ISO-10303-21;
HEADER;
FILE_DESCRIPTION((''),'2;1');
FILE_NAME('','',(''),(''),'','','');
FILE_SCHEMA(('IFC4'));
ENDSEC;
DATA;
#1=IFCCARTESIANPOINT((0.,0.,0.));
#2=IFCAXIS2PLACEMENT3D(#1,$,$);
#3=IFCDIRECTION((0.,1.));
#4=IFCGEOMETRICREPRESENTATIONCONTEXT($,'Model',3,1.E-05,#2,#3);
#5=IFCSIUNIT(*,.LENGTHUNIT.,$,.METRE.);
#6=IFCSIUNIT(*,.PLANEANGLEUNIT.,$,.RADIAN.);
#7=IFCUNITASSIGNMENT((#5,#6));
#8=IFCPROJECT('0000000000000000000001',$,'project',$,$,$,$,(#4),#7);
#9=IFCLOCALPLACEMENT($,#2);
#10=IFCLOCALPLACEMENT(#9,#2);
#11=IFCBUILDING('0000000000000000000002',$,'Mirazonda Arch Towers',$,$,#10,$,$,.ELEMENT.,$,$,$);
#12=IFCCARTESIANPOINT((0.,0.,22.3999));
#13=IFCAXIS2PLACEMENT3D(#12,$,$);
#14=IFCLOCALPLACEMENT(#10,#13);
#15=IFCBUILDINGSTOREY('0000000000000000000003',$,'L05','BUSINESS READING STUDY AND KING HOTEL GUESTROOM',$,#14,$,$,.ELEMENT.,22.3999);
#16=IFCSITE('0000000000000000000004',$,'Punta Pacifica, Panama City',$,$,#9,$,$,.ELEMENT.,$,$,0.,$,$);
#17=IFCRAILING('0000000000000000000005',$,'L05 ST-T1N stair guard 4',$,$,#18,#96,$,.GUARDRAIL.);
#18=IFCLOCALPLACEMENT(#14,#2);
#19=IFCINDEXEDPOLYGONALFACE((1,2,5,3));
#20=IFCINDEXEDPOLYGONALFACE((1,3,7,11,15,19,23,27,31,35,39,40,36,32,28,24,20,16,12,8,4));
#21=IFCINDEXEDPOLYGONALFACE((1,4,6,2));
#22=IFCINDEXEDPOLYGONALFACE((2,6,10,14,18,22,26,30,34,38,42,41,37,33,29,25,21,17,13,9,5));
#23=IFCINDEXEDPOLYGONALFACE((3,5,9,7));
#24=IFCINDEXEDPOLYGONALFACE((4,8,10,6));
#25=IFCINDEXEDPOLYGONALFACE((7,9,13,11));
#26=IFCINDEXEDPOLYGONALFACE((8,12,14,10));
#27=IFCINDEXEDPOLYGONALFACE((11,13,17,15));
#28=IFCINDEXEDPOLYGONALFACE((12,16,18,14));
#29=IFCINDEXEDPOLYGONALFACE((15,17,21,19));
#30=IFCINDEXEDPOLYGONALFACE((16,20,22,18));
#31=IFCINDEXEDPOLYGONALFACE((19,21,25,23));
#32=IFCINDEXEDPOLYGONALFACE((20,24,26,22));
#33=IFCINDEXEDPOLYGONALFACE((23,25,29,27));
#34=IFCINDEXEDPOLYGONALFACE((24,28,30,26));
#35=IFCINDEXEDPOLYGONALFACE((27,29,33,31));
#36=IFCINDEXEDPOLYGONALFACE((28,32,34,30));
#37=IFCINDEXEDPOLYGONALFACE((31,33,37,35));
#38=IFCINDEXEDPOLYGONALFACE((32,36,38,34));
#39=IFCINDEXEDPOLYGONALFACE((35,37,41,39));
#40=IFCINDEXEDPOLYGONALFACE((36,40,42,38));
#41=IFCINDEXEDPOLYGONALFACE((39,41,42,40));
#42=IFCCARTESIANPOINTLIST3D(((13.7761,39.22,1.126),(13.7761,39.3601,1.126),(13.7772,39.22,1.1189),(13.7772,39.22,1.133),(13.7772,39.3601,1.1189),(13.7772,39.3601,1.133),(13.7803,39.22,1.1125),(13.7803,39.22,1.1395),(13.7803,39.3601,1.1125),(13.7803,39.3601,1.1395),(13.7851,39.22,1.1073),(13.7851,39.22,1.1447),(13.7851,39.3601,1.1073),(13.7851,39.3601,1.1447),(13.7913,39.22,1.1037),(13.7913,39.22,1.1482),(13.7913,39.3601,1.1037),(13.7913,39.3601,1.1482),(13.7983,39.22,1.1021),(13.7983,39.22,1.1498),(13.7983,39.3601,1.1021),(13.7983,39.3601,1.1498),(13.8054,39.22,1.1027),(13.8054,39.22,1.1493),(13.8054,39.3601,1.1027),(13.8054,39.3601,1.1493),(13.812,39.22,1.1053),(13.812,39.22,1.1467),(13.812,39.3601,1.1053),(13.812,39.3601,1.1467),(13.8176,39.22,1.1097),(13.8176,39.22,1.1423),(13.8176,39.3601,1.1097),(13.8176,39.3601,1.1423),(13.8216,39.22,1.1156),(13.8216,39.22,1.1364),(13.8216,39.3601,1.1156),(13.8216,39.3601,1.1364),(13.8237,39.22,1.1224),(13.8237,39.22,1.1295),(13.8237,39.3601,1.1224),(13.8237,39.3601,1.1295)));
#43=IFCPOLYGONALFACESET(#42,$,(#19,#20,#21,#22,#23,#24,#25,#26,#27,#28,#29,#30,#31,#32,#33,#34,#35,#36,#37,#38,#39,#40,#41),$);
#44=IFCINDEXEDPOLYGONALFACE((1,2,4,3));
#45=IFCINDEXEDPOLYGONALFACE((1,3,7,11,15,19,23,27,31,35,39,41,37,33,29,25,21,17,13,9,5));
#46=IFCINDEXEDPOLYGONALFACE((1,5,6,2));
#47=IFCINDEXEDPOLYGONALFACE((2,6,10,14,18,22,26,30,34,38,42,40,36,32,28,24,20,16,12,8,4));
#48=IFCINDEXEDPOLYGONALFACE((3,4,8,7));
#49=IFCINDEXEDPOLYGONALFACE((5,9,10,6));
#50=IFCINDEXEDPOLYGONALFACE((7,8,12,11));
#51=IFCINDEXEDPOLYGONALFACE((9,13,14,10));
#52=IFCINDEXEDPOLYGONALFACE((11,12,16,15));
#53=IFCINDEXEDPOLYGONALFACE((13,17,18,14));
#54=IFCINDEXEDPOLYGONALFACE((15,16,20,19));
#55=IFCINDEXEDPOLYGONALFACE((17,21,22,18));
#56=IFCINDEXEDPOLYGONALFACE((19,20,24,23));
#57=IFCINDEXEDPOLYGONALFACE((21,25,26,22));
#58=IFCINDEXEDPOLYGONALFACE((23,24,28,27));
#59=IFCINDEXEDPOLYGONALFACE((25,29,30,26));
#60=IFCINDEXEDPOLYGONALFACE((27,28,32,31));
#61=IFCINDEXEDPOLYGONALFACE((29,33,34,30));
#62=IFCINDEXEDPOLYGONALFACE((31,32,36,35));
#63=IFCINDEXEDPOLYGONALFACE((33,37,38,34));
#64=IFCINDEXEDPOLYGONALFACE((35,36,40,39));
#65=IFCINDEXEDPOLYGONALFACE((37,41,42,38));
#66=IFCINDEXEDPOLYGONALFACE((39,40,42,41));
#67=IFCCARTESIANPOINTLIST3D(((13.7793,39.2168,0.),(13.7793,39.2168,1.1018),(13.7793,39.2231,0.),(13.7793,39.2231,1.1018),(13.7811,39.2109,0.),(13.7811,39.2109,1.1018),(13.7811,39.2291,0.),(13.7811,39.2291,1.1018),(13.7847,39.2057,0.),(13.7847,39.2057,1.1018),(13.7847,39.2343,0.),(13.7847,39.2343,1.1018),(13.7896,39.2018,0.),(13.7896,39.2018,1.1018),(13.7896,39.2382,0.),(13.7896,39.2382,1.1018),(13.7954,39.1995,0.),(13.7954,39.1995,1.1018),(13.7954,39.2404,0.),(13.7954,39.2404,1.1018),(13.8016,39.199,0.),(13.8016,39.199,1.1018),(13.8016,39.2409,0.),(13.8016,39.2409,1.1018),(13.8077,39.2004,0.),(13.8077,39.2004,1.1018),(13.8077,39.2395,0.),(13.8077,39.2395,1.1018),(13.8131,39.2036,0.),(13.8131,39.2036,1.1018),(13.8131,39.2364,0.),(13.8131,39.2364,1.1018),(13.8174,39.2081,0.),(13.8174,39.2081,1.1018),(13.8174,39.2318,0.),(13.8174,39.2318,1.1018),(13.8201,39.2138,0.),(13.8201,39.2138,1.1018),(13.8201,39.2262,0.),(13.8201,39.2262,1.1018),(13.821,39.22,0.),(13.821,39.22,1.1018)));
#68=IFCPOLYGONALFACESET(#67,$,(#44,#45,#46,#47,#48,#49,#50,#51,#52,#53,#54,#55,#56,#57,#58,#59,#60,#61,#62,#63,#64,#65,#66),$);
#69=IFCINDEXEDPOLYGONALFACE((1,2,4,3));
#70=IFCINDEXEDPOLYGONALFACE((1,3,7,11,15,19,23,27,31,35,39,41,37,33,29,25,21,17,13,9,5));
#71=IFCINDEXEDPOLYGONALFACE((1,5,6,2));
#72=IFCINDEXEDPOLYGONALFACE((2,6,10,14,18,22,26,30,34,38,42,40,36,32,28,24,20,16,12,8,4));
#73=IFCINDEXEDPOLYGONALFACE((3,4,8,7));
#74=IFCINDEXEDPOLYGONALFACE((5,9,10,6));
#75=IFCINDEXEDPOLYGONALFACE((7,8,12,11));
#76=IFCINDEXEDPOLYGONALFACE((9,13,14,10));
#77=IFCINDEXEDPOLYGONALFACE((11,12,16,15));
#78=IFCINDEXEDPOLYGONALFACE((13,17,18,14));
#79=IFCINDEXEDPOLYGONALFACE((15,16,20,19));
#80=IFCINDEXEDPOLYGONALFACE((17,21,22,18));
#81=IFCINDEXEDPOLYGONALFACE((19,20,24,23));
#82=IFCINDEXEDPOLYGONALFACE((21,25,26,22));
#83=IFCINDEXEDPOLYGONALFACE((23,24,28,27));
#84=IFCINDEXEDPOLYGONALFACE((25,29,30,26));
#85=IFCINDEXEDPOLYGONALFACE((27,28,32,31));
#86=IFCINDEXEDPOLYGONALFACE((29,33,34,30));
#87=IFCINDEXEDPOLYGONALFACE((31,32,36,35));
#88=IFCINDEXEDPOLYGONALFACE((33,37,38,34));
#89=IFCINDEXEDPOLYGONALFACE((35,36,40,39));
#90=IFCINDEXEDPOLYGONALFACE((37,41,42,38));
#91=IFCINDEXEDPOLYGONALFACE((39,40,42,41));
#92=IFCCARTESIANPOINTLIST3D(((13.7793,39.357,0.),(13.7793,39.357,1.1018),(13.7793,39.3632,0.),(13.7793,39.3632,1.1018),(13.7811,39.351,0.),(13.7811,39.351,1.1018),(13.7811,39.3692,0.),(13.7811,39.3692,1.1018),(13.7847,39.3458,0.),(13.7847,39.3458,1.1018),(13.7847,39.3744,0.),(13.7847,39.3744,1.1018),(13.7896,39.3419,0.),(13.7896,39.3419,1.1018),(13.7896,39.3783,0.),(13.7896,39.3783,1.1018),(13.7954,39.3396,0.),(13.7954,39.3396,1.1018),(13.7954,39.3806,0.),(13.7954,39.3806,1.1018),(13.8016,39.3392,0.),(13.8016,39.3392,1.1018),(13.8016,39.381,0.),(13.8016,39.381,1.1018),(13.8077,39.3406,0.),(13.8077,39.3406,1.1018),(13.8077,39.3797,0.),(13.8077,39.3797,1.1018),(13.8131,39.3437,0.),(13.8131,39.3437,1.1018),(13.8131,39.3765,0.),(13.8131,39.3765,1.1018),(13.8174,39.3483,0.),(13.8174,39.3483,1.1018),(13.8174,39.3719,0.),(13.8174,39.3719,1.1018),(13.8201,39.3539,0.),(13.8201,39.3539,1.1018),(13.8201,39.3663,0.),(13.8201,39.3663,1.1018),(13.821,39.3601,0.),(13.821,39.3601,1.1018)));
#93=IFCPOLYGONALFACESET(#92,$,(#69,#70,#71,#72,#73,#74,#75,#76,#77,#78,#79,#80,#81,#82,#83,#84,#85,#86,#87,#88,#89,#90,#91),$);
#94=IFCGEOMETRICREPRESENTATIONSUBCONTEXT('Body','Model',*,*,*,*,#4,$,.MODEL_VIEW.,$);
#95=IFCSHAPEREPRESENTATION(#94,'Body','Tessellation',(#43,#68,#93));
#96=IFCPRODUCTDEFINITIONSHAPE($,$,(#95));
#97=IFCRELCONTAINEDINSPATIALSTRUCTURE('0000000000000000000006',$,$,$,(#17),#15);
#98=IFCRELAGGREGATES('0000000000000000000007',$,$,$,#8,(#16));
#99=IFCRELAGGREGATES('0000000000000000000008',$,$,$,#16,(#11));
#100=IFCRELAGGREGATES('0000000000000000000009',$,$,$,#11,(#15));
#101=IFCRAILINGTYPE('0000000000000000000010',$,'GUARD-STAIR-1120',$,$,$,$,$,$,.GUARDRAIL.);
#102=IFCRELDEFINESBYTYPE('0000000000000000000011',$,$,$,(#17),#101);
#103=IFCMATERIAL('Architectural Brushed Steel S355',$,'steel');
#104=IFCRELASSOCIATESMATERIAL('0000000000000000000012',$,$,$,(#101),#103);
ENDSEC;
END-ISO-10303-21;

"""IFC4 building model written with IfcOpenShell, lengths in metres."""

from ifc_helpers import new_model, si_unit, direction, frame, origin, origin_2d, place, context, subcontext, project, spatial, circle, extrude, material, type_object, element, save


model = new_model("IFC4")

# Units and contexts
model_context = context("Model", 3, precision=1e-05, world=origin(), true_north=direction((0.0, 1.0)))
body_context = subcontext(model_context, "Body", "Model", "MODEL_VIEW")
ifc_project = project(units=[si_unit("LENGTHUNIT", "METRE"), si_unit("PLANEANGLEUNIT", "RADIAN")], contexts=[model_context])

# Site, building, storey
site_placement = place(None, origin())
site = spatial("IfcSite", under=ifc_project, at=site_placement, Name="Punta Pacifica, Panama City", CompositionType="ELEMENT", RefElevation=0.0)
building_placement = place(site_placement, origin())
building = spatial("IfcBuilding", under=site, at=building_placement, Name="Mirazonda Arch Towers", CompositionType="ELEMENT")
storey_placement = place(building_placement, frame((0.0, 0.0, 22.3999)))
storey = spatial("IfcBuildingStorey", under=building, at=storey_placement, Name="L05", Description="BUSINESS READING STUDY AND KING HOTEL GUESTROOM", CompositionType="ELEMENT", Elevation=22.3999)

# Shared definitions
ifc_material_1 = material(Name="Architectural Brushed Steel S355", Category="steel")

# Railing
railing_type_1 = type_object("IfcRailingType", Name="GUARD-STAIR-1120", PredefinedType="GUARDRAIL", material=ifc_material_1)
railing_1_placement = place(storey_placement, frame((13.8, 39.22, 0.0)))
element("IfcRailing", 1, at=railing_1_placement, inside=storey, type_object=railing_type_1, Name="L05 ST-T1N stair guard 4", PredefinedType="GUARDRAIL", context=body_context, shape_type="SweptSolid", body=[
    extrude(circle(Radius=0.0239, at=origin_2d()), frame((0.0, 0.0, 1.126), z_axis=(0.0, 1.0, 0.0), x_axis=(-1.0, 0.0, 0.0)), (0.0, 0.0, 1.0), 0.1401),
    extrude(circle(Radius=0.021, at=origin_2d()), origin(), (0.0, 0.0, 1.0), 1.1018),
    extrude(circle(Radius=0.021, at=origin_2d()), frame((0.0, 0.1401, 0.0)), (0.0, 0.0, 1.0), 1.1018),
])

save(model, "model.ifc")
